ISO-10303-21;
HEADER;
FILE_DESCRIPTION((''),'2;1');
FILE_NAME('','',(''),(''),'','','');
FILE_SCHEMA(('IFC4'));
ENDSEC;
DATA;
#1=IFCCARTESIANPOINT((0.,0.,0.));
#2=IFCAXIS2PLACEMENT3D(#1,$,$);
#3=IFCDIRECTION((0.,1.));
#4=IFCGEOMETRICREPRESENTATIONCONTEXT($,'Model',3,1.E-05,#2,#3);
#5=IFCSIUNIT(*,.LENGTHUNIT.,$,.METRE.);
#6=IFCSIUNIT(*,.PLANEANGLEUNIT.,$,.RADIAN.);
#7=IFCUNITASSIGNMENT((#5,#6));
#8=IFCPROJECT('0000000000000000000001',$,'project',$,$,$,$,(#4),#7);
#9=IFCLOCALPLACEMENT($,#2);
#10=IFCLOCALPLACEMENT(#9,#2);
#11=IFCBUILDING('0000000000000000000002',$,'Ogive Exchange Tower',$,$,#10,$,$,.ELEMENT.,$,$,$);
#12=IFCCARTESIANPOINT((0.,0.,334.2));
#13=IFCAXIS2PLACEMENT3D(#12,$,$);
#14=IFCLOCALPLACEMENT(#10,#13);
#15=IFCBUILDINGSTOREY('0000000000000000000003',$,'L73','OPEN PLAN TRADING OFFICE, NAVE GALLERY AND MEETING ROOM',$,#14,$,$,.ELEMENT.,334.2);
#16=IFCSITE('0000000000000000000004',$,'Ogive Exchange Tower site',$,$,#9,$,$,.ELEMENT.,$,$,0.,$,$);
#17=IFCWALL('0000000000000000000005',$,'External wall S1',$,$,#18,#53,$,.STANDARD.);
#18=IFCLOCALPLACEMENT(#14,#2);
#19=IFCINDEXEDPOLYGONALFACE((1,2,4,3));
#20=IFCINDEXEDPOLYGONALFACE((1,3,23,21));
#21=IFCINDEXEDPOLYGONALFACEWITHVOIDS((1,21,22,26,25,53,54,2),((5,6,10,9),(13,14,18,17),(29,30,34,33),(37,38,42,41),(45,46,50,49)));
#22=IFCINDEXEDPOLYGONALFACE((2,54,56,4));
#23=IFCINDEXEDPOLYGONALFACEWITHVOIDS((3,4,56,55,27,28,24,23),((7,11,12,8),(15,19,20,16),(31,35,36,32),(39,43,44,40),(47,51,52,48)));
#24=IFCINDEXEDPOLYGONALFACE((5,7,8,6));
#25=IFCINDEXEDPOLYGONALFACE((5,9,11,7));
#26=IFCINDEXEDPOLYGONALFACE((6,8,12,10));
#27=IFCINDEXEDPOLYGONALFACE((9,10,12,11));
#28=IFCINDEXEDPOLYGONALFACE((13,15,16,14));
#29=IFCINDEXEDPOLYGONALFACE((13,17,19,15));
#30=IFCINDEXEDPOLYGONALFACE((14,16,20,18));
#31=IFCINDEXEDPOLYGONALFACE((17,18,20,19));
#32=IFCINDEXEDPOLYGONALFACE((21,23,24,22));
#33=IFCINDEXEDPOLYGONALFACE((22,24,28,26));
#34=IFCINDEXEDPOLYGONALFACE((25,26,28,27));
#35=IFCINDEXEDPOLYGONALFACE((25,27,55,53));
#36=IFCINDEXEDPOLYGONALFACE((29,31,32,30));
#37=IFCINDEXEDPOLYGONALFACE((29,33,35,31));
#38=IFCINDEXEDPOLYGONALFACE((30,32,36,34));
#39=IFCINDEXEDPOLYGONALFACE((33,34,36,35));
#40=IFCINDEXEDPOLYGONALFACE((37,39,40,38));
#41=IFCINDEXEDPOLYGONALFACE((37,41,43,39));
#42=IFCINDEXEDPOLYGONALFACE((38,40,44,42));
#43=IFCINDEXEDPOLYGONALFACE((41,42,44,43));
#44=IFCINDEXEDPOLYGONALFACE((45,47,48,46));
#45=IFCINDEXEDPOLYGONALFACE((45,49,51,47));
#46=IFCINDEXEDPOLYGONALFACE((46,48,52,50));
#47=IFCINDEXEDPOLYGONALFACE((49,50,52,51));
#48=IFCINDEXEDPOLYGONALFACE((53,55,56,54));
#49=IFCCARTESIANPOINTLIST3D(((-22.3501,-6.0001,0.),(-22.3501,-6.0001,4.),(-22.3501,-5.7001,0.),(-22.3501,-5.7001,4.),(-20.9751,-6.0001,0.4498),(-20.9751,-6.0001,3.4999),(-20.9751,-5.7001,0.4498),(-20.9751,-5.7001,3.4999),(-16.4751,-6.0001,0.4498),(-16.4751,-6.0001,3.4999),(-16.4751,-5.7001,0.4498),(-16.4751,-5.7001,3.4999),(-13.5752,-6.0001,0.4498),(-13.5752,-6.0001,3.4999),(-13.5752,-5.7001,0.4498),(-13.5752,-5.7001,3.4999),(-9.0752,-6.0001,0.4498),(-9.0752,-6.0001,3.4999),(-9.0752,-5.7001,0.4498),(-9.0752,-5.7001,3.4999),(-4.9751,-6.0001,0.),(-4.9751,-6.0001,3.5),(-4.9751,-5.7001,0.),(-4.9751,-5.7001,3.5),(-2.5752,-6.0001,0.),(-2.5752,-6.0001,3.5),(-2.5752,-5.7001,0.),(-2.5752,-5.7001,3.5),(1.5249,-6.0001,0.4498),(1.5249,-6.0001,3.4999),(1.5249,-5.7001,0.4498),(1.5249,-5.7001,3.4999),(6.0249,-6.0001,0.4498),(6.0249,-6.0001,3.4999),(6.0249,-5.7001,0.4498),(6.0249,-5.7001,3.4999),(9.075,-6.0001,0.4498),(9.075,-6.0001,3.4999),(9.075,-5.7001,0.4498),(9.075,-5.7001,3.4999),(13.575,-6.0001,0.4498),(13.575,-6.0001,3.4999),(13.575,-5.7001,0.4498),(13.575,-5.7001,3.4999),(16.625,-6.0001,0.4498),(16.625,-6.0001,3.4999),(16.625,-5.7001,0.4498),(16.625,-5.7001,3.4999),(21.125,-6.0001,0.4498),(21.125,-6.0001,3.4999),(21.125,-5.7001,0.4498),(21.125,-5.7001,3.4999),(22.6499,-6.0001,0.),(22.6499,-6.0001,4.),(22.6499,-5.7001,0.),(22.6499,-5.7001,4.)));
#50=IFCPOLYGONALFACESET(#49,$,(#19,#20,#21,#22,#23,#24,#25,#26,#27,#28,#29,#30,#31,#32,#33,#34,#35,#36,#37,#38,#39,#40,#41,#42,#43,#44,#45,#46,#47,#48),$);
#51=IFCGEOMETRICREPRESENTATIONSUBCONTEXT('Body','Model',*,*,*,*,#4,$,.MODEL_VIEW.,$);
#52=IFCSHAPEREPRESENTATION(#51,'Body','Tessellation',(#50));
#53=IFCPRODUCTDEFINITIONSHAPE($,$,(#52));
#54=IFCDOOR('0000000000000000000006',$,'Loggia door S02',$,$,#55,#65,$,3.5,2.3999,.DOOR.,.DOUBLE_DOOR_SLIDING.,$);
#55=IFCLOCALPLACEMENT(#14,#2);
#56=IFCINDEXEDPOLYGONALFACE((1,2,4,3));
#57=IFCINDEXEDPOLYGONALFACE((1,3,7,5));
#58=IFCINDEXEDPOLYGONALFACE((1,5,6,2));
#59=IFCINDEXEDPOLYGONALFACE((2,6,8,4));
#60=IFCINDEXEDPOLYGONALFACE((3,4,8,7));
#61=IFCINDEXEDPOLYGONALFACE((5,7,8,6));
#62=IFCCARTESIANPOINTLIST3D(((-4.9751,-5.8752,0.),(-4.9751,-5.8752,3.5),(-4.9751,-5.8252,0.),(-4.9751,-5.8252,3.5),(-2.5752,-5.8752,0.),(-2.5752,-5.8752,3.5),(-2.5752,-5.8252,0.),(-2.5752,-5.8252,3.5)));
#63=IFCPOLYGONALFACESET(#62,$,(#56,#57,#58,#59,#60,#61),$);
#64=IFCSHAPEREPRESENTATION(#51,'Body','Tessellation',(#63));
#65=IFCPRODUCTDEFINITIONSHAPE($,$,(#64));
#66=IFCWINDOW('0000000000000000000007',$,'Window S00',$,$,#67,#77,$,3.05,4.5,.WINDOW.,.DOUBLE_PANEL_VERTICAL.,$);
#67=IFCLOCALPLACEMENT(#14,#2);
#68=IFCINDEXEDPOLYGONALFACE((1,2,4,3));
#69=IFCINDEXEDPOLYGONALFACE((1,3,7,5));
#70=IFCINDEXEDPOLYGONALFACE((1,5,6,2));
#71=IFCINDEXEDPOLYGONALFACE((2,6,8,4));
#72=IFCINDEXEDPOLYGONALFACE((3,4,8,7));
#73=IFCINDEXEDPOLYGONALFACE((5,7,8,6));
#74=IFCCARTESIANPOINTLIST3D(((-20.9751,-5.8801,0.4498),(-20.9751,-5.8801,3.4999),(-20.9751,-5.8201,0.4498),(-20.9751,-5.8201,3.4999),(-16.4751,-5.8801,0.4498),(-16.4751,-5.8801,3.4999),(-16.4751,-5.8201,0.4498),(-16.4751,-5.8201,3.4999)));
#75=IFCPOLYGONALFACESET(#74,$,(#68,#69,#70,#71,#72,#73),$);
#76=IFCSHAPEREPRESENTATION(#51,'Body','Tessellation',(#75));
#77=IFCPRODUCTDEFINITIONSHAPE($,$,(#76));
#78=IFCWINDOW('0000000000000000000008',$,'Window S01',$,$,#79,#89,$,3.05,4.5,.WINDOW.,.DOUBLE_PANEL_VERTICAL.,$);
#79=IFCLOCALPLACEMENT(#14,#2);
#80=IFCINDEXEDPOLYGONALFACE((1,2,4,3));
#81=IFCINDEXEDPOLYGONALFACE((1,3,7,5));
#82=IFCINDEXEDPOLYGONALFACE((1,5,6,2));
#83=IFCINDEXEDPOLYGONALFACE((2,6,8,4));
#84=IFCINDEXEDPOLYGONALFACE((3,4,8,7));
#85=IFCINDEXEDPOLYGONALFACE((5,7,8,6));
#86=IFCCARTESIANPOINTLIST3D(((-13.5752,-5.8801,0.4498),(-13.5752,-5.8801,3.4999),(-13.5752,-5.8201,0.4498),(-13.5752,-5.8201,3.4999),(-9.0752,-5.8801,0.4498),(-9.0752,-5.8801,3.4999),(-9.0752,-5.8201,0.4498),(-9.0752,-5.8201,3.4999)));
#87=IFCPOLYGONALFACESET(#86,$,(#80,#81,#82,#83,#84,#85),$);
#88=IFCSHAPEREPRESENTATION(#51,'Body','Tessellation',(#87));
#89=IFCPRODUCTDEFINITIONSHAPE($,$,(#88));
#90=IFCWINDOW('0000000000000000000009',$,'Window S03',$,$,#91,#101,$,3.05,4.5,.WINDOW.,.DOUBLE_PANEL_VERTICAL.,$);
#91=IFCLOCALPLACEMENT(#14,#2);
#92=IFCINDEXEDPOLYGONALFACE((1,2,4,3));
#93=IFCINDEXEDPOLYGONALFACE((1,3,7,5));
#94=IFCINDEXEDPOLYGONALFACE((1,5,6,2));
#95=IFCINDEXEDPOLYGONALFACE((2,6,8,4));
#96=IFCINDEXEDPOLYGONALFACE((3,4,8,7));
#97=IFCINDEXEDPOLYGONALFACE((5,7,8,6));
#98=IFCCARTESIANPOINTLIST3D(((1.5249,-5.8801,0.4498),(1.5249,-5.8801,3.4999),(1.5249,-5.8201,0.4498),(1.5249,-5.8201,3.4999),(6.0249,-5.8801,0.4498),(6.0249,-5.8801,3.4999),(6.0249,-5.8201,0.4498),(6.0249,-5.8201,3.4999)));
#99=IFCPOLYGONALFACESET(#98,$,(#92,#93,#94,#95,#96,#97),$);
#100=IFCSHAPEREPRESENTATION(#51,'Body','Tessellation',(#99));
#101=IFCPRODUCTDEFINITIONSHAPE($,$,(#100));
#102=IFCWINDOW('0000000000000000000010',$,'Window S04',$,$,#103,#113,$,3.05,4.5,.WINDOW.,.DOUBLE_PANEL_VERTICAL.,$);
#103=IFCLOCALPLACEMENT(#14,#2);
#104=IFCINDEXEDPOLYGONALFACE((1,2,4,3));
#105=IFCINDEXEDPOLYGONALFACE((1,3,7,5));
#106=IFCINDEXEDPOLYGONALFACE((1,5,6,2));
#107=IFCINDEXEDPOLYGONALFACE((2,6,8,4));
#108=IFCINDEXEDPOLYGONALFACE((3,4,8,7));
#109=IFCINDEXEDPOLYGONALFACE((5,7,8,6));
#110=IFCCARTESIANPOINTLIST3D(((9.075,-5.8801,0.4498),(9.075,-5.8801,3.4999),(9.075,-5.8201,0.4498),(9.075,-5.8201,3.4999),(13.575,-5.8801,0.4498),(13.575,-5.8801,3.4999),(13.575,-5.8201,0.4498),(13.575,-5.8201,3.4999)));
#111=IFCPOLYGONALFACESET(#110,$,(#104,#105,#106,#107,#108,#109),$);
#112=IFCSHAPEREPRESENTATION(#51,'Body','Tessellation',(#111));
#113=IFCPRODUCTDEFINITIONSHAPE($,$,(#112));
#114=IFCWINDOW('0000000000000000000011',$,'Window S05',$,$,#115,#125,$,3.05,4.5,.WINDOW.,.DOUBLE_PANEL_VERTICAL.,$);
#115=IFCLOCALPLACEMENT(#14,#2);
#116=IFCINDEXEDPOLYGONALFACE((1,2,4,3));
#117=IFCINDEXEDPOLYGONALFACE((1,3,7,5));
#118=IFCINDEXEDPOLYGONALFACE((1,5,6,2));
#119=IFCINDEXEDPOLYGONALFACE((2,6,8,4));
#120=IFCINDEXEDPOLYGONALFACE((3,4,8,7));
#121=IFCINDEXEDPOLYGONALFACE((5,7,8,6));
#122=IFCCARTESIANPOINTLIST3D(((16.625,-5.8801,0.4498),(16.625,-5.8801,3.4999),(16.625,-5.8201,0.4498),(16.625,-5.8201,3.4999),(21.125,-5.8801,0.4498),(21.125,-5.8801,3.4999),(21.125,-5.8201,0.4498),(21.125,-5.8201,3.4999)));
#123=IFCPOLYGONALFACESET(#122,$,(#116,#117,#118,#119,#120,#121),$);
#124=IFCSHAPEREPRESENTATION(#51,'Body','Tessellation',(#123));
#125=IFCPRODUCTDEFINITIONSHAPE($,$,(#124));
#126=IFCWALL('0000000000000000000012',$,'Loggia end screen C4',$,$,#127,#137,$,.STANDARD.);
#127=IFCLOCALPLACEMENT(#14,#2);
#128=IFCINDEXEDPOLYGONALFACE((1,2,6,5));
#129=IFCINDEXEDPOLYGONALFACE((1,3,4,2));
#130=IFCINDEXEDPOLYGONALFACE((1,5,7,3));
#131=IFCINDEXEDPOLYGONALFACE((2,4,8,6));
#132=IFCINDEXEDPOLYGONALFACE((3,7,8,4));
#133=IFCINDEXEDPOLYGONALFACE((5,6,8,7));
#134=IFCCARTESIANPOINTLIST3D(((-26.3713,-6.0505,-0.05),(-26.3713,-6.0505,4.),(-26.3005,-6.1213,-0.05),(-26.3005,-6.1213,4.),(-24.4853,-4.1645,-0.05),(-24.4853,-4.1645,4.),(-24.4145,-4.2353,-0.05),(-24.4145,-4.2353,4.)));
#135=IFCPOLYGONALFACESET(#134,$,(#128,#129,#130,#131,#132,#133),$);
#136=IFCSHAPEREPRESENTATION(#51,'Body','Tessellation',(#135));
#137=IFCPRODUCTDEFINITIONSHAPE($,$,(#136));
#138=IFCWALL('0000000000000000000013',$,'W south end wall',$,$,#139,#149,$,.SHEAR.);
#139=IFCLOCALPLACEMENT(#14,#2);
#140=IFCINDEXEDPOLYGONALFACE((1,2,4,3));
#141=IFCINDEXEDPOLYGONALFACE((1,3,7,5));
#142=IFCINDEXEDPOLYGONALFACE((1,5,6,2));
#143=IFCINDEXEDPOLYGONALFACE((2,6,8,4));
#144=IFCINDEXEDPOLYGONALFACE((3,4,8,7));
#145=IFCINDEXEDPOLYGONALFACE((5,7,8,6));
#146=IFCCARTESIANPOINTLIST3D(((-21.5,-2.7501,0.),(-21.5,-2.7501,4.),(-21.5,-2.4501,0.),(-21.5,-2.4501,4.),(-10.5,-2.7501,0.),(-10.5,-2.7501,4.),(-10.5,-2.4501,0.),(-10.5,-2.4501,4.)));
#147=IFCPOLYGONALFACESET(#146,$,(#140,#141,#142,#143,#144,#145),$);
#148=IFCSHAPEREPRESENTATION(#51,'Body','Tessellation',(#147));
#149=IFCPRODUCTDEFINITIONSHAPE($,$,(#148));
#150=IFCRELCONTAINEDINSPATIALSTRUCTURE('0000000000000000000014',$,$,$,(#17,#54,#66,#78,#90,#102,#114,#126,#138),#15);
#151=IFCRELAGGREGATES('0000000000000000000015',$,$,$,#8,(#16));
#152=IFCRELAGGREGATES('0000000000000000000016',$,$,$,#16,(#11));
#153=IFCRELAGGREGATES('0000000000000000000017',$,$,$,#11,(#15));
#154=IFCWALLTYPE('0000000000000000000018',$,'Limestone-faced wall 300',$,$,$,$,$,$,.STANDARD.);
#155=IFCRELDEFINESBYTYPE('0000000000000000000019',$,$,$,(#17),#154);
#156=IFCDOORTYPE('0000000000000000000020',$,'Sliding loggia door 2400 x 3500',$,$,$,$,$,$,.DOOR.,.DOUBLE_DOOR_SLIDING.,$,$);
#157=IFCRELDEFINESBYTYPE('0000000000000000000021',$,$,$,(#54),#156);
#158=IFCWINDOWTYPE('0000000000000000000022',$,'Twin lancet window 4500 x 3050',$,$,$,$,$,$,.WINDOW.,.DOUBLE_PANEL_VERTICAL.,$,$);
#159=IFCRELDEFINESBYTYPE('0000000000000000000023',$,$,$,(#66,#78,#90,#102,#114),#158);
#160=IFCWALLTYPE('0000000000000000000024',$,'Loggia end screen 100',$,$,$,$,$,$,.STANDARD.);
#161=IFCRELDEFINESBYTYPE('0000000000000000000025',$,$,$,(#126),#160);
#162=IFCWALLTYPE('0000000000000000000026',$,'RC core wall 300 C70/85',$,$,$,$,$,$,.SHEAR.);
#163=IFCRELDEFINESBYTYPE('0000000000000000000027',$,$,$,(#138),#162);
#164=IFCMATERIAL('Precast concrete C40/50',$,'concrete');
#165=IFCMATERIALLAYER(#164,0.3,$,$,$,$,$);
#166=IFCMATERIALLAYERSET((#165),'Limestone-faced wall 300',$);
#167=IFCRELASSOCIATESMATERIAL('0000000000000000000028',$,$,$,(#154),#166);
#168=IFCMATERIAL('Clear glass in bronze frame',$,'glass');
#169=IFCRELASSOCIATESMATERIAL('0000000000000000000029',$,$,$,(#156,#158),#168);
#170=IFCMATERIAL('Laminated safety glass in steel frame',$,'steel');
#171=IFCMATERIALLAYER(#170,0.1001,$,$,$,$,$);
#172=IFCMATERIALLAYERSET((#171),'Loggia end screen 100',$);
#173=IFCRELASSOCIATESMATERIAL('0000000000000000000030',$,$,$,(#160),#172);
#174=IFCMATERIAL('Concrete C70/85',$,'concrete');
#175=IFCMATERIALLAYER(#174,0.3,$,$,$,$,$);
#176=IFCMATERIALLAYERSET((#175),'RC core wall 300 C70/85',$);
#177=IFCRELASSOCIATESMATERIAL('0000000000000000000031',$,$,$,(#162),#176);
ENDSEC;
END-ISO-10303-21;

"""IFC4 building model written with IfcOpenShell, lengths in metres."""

from ifc_helpers import new_model, si_unit, direction, frame, frame_2d, origin, place, context, subcontext, project, spatial, rectangle, extrude, material, layer, layer_set, type_object, element, fill, save


model = new_model("IFC4")

# Units and contexts
model_context = context("Model", 3, precision=1e-05, world=origin(), true_north=direction((0.0, 1.0)))
body_context = subcontext(model_context, "Body", "Model", "MODEL_VIEW")
ifc_project = project(units=[si_unit("LENGTHUNIT", "METRE"), si_unit("PLANEANGLEUNIT", "RADIAN")], contexts=[model_context])

# Site, building, storey
site_placement = place(None, origin())
site = spatial("IfcSite", under=ifc_project, at=site_placement, Name="Ogive Exchange Tower site", CompositionType="ELEMENT", RefElevation=0.0)
building_placement = place(site_placement, origin())
building = spatial("IfcBuilding", under=site, at=building_placement, Name="Ogive Exchange Tower", CompositionType="ELEMENT")
storey_placement = place(building_placement, frame((0.0, 0.0, 334.2)))
storey = spatial("IfcBuildingStorey", under=building, at=storey_placement, Name="L73", Description="OPEN PLAN TRADING OFFICE, NAVE GALLERY AND MEETING ROOM", CompositionType="ELEMENT", Elevation=334.2)

# Wall, openings, door, windows
ifc_material_1 = material(Name="Precast concrete C40/50", Category="concrete")
ifc_layer_1 = layer(ifc_material_1, 0.3)
ifc_layer_set_1 = layer_set([ifc_layer_1], Name="Limestone-faced wall 300")
wall_type_1 = type_object("IfcWallType", Name="Limestone-faced wall 300", PredefinedType="STANDARD", material=ifc_layer_set_1)
wall_1_placement = place(storey_placement, frame((-22.3501, -5.8501, 0.0), z_axis=(0.0, 0.0, 1.0), x_axis=(1.0, 0.0, 0.0)))
wall_1 = element("IfcWall", 1, at=wall_1_placement, inside=storey, type_object=wall_type_1, Name="External wall S1", PredefinedType="STANDARD", context=body_context, shape_type="SweptSolid", body=[
    extrude(rectangle(XDim=45.0, YDim=0.3, at=frame_2d((22.5, 0.0))), origin(), (0.0, 0.0, 1.0), 4.0),
])
opening_1_placement = place(wall_1_placement, frame((1.375, 0.0, 0.45)))
opening_1 = element("IfcOpeningElement", 2, at=opening_1_placement, cuts=wall_1, PredefinedType="OPENING", context=body_context, shape_type="SweptSolid", body=[
    extrude(rectangle(XDim=4.5, YDim=3.05, at=frame_2d((2.25, 1.5249))), frame((0.0, 0.1599, 0.0), z_axis=(0.0, -1.0, 0.0), x_axis=(1.0, 0.0, 0.0)), (0.0, 0.0, 1.0), 0.3201),
])
opening_2_placement = place(wall_1_placement, frame((8.7749, 0.0, 0.45)))
opening_2 = element("IfcOpeningElement", 3, at=opening_2_placement, cuts=wall_1, PredefinedType="OPENING", context=body_context, shape_type="SweptSolid", body=[
    extrude(rectangle(XDim=4.5, YDim=3.05, at=frame_2d((2.25, 1.5249))), frame((0.0, 0.1599, 0.0), z_axis=(0.0, -1.0, 0.0), x_axis=(1.0, 0.0, 0.0)), (0.0, 0.0, 1.0), 0.3201),
])
opening_3_placement = place(wall_1_placement, frame((17.375, 0.0, 0.0)))
opening_3 = element("IfcOpeningElement", 4, at=opening_3_placement, cuts=wall_1, PredefinedType="OPENING", context=body_context, shape_type="SweptSolid", body=[
    extrude(rectangle(XDim=2.3999, YDim=3.5, at=frame_2d((1.2, 1.75))), frame((0.0, 0.1599, 0.0), z_axis=(0.0, -1.0, 0.0), x_axis=(1.0, 0.0, 0.0)), (0.0, 0.0, 1.0), 0.3201),
])
opening_4_placement = place(wall_1_placement, frame((23.875, 0.0, 0.45)))
opening_4 = element("IfcOpeningElement", 5, at=opening_4_placement, cuts=wall_1, PredefinedType="OPENING", context=body_context, shape_type="SweptSolid", body=[
    extrude(rectangle(XDim=4.5, YDim=3.05, at=frame_2d((2.25, 1.5249))), frame((0.0, 0.1599, 0.0), z_axis=(0.0, -1.0, 0.0), x_axis=(1.0, 0.0, 0.0)), (0.0, 0.0, 1.0), 0.3201),
])
opening_5_placement = place(wall_1_placement, frame((31.425, 0.0, 0.45)))
opening_5 = element("IfcOpeningElement", 6, at=opening_5_placement, cuts=wall_1, PredefinedType="OPENING", context=body_context, shape_type="SweptSolid", body=[
    extrude(rectangle(XDim=4.5, YDim=3.05, at=frame_2d((2.25, 1.5249))), frame((0.0, 0.1599, 0.0), z_axis=(0.0, -1.0, 0.0), x_axis=(1.0, 0.0, 0.0)), (0.0, 0.0, 1.0), 0.3201),
])
opening_6_placement = place(wall_1_placement, frame((38.9751, 0.0, 0.45)))
opening_6 = element("IfcOpeningElement", 7, at=opening_6_placement, cuts=wall_1, PredefinedType="OPENING", context=body_context, shape_type="SweptSolid", body=[
    extrude(rectangle(XDim=4.5, YDim=3.05, at=frame_2d((2.25, 1.5249))), frame((0.0, 0.1599, 0.0), z_axis=(0.0, -1.0, 0.0), x_axis=(1.0, 0.0, 0.0)), (0.0, 0.0, 1.0), 0.3201),
])
ifc_material_2 = material(Name="Clear glass in bronze frame", Category="glass")
door_type_1 = type_object("IfcDoorType", Name="Sliding loggia door 2400 x 3500", OperationType="DOUBLE_DOOR_SLIDING", PredefinedType="DOOR", material=ifc_material_2)
door_1_placement = place(opening_3_placement, origin())
door_1 = element("IfcDoor", 8, at=door_1_placement, inside=storey, type_object=door_type_1, Name="Loggia door S02", OperationType="DOUBLE_DOOR_SLIDING", OverallHeight=3.5, OverallWidth=2.3999, PredefinedType="DOOR", context=body_context, shape_type="SweptSolid", body=[
    extrude(rectangle(XDim=2.3999, YDim=3.5, at=frame_2d((1.2, 1.75))), frame((0.0, 0.0249, 0.0), z_axis=(0.0, -1.0, 0.0), x_axis=(1.0, 0.0, 0.0)), (0.0, 0.0, 1.0), 0.05),
])
fill(opening_3, door_1)
window_type = type_object("IfcWindowType", Name="Twin lancet window 4500 x 3050", PartitioningType="DOUBLE_PANEL_VERTICAL", PredefinedType="WINDOW", material=ifc_material_2)
window_1_placement = place(opening_1_placement, origin())
window_1 = element("IfcWindow", 9, at=window_1_placement, inside=storey, type_object=window_type, Name="Window S00", OverallHeight=3.05, OverallWidth=4.5, PartitioningType="DOUBLE_PANEL_VERTICAL", PredefinedType="WINDOW", context=body_context, shape_type="SweptSolid", body=[
    extrude(rectangle(XDim=4.5, YDim=3.05, at=frame_2d((2.25, 1.5249))), frame((0.0, 0.03, 0.0), z_axis=(0.0, -1.0, 0.0), x_axis=(1.0, 0.0, 0.0)), (0.0, 0.0, 1.0), 0.0601),
])
fill(opening_1, window_1)
window_2_placement = place(opening_2_placement, origin())
window_2 = element("IfcWindow", 10, at=window_2_placement, inside=storey, type_object=window_type, Name="Window S01", OverallHeight=3.05, OverallWidth=4.5, PartitioningType="DOUBLE_PANEL_VERTICAL", PredefinedType="WINDOW", context=body_context, shape_type="SweptSolid", body=[
    extrude(rectangle(XDim=4.5, YDim=3.05, at=frame_2d((2.25, 1.5249))), frame((0.0, 0.03, 0.0), z_axis=(0.0, -1.0, 0.0), x_axis=(1.0, 0.0, 0.0)), (0.0, 0.0, 1.0), 0.0601),
])
fill(opening_2, window_2)
window_3_placement = place(opening_4_placement, origin())
window_3 = element("IfcWindow", 11, at=window_3_placement, inside=storey, type_object=window_type, Name="Window S03", OverallHeight=3.05, OverallWidth=4.5, PartitioningType="DOUBLE_PANEL_VERTICAL", PredefinedType="WINDOW", context=body_context, shape_type="SweptSolid", body=[
    extrude(rectangle(XDim=4.5, YDim=3.05, at=frame_2d((2.25, 1.5249))), frame((0.0, 0.03, 0.0), z_axis=(0.0, -1.0, 0.0), x_axis=(1.0, 0.0, 0.0)), (0.0, 0.0, 1.0), 0.0601),
])
fill(opening_4, window_3)
window_4_placement = place(opening_5_placement, origin())
window_4 = element("IfcWindow", 12, at=window_4_placement, inside=storey, type_object=window_type, Name="Window S04", OverallHeight=3.05, OverallWidth=4.5, PartitioningType="DOUBLE_PANEL_VERTICAL", PredefinedType="WINDOW", context=body_context, shape_type="SweptSolid", body=[
    extrude(rectangle(XDim=4.5, YDim=3.05, at=frame_2d((2.25, 1.5249))), frame((0.0, 0.03, 0.0), z_axis=(0.0, -1.0, 0.0), x_axis=(1.0, 0.0, 0.0)), (0.0, 0.0, 1.0), 0.0601),
])
fill(opening_5, window_4)
window_5_placement = place(opening_6_placement, origin())
window_5 = element("IfcWindow", 13, at=window_5_placement, inside=storey, type_object=window_type, Name="Window S05", OverallHeight=3.05, OverallWidth=4.5, PartitioningType="DOUBLE_PANEL_VERTICAL", PredefinedType="WINDOW", context=body_context, shape_type="SweptSolid", body=[
    extrude(rectangle(XDim=4.5, YDim=3.05, at=frame_2d((2.25, 1.5249))), frame((0.0, 0.03, 0.0), z_axis=(0.0, -1.0, 0.0), x_axis=(1.0, 0.0, 0.0)), (0.0, 0.0, 1.0), 0.0601),
])
fill(opening_6, window_5)

# Walls
ifc_material_3 = material(Name="Laminated safety glass in steel frame", Category="steel")
ifc_layer_2 = layer(ifc_material_3, 0.1001)
ifc_layer_set_2 = layer_set([ifc_layer_2], Name="Loggia end screen 100")
wall_type_2 = type_object("IfcWallType", Name="Loggia end screen 100", PredefinedType="STANDARD", material=ifc_layer_set_2)
wall_2_placement = place(storey_placement, frame((-24.45, -4.2, -0.05), z_axis=(0.0, 0.0, 1.0), x_axis=(-0.707107, -0.707107, 0.0)))
element("IfcWall", 14, at=wall_2_placement, inside=storey, type_object=wall_type_2, Name="Loggia end screen C4", PredefinedType="STANDARD", context=body_context, shape_type="SweptSolid", body=[
    extrude(rectangle(XDim=2.6672, YDim=0.1001, at=frame_2d((1.3335, 0.0))), origin(), (0.0, 0.0, 1.0), 4.05),
])
ifc_material_4 = material(Name="Concrete C70/85", Category="concrete")
ifc_layer_3 = layer(ifc_material_4, 0.3)
ifc_layer_set_3 = layer_set([ifc_layer_3], Name="RC core wall 300 C70/85")
wall_type_3 = type_object("IfcWallType", Name="RC core wall 300 C70/85", PredefinedType="SHEAR", material=ifc_layer_set_3)
wall_3_placement = place(storey_placement, frame((-21.5, -2.6001, 0.0), z_axis=(0.0, 0.0, 1.0), x_axis=(1.0, 0.0, 0.0)))
element("IfcWall", 15, at=wall_3_placement, inside=storey, type_object=wall_type_3, Name="W south end wall", PredefinedType="SHEAR", context=body_context, shape_type="SweptSolid", body=[
    extrude(rectangle(XDim=11.0, YDim=0.3, at=frame_2d((5.5, 0.0))), origin(), (0.0, 0.0, 1.0), 4.0),
])

save(model, "model.ifc")
